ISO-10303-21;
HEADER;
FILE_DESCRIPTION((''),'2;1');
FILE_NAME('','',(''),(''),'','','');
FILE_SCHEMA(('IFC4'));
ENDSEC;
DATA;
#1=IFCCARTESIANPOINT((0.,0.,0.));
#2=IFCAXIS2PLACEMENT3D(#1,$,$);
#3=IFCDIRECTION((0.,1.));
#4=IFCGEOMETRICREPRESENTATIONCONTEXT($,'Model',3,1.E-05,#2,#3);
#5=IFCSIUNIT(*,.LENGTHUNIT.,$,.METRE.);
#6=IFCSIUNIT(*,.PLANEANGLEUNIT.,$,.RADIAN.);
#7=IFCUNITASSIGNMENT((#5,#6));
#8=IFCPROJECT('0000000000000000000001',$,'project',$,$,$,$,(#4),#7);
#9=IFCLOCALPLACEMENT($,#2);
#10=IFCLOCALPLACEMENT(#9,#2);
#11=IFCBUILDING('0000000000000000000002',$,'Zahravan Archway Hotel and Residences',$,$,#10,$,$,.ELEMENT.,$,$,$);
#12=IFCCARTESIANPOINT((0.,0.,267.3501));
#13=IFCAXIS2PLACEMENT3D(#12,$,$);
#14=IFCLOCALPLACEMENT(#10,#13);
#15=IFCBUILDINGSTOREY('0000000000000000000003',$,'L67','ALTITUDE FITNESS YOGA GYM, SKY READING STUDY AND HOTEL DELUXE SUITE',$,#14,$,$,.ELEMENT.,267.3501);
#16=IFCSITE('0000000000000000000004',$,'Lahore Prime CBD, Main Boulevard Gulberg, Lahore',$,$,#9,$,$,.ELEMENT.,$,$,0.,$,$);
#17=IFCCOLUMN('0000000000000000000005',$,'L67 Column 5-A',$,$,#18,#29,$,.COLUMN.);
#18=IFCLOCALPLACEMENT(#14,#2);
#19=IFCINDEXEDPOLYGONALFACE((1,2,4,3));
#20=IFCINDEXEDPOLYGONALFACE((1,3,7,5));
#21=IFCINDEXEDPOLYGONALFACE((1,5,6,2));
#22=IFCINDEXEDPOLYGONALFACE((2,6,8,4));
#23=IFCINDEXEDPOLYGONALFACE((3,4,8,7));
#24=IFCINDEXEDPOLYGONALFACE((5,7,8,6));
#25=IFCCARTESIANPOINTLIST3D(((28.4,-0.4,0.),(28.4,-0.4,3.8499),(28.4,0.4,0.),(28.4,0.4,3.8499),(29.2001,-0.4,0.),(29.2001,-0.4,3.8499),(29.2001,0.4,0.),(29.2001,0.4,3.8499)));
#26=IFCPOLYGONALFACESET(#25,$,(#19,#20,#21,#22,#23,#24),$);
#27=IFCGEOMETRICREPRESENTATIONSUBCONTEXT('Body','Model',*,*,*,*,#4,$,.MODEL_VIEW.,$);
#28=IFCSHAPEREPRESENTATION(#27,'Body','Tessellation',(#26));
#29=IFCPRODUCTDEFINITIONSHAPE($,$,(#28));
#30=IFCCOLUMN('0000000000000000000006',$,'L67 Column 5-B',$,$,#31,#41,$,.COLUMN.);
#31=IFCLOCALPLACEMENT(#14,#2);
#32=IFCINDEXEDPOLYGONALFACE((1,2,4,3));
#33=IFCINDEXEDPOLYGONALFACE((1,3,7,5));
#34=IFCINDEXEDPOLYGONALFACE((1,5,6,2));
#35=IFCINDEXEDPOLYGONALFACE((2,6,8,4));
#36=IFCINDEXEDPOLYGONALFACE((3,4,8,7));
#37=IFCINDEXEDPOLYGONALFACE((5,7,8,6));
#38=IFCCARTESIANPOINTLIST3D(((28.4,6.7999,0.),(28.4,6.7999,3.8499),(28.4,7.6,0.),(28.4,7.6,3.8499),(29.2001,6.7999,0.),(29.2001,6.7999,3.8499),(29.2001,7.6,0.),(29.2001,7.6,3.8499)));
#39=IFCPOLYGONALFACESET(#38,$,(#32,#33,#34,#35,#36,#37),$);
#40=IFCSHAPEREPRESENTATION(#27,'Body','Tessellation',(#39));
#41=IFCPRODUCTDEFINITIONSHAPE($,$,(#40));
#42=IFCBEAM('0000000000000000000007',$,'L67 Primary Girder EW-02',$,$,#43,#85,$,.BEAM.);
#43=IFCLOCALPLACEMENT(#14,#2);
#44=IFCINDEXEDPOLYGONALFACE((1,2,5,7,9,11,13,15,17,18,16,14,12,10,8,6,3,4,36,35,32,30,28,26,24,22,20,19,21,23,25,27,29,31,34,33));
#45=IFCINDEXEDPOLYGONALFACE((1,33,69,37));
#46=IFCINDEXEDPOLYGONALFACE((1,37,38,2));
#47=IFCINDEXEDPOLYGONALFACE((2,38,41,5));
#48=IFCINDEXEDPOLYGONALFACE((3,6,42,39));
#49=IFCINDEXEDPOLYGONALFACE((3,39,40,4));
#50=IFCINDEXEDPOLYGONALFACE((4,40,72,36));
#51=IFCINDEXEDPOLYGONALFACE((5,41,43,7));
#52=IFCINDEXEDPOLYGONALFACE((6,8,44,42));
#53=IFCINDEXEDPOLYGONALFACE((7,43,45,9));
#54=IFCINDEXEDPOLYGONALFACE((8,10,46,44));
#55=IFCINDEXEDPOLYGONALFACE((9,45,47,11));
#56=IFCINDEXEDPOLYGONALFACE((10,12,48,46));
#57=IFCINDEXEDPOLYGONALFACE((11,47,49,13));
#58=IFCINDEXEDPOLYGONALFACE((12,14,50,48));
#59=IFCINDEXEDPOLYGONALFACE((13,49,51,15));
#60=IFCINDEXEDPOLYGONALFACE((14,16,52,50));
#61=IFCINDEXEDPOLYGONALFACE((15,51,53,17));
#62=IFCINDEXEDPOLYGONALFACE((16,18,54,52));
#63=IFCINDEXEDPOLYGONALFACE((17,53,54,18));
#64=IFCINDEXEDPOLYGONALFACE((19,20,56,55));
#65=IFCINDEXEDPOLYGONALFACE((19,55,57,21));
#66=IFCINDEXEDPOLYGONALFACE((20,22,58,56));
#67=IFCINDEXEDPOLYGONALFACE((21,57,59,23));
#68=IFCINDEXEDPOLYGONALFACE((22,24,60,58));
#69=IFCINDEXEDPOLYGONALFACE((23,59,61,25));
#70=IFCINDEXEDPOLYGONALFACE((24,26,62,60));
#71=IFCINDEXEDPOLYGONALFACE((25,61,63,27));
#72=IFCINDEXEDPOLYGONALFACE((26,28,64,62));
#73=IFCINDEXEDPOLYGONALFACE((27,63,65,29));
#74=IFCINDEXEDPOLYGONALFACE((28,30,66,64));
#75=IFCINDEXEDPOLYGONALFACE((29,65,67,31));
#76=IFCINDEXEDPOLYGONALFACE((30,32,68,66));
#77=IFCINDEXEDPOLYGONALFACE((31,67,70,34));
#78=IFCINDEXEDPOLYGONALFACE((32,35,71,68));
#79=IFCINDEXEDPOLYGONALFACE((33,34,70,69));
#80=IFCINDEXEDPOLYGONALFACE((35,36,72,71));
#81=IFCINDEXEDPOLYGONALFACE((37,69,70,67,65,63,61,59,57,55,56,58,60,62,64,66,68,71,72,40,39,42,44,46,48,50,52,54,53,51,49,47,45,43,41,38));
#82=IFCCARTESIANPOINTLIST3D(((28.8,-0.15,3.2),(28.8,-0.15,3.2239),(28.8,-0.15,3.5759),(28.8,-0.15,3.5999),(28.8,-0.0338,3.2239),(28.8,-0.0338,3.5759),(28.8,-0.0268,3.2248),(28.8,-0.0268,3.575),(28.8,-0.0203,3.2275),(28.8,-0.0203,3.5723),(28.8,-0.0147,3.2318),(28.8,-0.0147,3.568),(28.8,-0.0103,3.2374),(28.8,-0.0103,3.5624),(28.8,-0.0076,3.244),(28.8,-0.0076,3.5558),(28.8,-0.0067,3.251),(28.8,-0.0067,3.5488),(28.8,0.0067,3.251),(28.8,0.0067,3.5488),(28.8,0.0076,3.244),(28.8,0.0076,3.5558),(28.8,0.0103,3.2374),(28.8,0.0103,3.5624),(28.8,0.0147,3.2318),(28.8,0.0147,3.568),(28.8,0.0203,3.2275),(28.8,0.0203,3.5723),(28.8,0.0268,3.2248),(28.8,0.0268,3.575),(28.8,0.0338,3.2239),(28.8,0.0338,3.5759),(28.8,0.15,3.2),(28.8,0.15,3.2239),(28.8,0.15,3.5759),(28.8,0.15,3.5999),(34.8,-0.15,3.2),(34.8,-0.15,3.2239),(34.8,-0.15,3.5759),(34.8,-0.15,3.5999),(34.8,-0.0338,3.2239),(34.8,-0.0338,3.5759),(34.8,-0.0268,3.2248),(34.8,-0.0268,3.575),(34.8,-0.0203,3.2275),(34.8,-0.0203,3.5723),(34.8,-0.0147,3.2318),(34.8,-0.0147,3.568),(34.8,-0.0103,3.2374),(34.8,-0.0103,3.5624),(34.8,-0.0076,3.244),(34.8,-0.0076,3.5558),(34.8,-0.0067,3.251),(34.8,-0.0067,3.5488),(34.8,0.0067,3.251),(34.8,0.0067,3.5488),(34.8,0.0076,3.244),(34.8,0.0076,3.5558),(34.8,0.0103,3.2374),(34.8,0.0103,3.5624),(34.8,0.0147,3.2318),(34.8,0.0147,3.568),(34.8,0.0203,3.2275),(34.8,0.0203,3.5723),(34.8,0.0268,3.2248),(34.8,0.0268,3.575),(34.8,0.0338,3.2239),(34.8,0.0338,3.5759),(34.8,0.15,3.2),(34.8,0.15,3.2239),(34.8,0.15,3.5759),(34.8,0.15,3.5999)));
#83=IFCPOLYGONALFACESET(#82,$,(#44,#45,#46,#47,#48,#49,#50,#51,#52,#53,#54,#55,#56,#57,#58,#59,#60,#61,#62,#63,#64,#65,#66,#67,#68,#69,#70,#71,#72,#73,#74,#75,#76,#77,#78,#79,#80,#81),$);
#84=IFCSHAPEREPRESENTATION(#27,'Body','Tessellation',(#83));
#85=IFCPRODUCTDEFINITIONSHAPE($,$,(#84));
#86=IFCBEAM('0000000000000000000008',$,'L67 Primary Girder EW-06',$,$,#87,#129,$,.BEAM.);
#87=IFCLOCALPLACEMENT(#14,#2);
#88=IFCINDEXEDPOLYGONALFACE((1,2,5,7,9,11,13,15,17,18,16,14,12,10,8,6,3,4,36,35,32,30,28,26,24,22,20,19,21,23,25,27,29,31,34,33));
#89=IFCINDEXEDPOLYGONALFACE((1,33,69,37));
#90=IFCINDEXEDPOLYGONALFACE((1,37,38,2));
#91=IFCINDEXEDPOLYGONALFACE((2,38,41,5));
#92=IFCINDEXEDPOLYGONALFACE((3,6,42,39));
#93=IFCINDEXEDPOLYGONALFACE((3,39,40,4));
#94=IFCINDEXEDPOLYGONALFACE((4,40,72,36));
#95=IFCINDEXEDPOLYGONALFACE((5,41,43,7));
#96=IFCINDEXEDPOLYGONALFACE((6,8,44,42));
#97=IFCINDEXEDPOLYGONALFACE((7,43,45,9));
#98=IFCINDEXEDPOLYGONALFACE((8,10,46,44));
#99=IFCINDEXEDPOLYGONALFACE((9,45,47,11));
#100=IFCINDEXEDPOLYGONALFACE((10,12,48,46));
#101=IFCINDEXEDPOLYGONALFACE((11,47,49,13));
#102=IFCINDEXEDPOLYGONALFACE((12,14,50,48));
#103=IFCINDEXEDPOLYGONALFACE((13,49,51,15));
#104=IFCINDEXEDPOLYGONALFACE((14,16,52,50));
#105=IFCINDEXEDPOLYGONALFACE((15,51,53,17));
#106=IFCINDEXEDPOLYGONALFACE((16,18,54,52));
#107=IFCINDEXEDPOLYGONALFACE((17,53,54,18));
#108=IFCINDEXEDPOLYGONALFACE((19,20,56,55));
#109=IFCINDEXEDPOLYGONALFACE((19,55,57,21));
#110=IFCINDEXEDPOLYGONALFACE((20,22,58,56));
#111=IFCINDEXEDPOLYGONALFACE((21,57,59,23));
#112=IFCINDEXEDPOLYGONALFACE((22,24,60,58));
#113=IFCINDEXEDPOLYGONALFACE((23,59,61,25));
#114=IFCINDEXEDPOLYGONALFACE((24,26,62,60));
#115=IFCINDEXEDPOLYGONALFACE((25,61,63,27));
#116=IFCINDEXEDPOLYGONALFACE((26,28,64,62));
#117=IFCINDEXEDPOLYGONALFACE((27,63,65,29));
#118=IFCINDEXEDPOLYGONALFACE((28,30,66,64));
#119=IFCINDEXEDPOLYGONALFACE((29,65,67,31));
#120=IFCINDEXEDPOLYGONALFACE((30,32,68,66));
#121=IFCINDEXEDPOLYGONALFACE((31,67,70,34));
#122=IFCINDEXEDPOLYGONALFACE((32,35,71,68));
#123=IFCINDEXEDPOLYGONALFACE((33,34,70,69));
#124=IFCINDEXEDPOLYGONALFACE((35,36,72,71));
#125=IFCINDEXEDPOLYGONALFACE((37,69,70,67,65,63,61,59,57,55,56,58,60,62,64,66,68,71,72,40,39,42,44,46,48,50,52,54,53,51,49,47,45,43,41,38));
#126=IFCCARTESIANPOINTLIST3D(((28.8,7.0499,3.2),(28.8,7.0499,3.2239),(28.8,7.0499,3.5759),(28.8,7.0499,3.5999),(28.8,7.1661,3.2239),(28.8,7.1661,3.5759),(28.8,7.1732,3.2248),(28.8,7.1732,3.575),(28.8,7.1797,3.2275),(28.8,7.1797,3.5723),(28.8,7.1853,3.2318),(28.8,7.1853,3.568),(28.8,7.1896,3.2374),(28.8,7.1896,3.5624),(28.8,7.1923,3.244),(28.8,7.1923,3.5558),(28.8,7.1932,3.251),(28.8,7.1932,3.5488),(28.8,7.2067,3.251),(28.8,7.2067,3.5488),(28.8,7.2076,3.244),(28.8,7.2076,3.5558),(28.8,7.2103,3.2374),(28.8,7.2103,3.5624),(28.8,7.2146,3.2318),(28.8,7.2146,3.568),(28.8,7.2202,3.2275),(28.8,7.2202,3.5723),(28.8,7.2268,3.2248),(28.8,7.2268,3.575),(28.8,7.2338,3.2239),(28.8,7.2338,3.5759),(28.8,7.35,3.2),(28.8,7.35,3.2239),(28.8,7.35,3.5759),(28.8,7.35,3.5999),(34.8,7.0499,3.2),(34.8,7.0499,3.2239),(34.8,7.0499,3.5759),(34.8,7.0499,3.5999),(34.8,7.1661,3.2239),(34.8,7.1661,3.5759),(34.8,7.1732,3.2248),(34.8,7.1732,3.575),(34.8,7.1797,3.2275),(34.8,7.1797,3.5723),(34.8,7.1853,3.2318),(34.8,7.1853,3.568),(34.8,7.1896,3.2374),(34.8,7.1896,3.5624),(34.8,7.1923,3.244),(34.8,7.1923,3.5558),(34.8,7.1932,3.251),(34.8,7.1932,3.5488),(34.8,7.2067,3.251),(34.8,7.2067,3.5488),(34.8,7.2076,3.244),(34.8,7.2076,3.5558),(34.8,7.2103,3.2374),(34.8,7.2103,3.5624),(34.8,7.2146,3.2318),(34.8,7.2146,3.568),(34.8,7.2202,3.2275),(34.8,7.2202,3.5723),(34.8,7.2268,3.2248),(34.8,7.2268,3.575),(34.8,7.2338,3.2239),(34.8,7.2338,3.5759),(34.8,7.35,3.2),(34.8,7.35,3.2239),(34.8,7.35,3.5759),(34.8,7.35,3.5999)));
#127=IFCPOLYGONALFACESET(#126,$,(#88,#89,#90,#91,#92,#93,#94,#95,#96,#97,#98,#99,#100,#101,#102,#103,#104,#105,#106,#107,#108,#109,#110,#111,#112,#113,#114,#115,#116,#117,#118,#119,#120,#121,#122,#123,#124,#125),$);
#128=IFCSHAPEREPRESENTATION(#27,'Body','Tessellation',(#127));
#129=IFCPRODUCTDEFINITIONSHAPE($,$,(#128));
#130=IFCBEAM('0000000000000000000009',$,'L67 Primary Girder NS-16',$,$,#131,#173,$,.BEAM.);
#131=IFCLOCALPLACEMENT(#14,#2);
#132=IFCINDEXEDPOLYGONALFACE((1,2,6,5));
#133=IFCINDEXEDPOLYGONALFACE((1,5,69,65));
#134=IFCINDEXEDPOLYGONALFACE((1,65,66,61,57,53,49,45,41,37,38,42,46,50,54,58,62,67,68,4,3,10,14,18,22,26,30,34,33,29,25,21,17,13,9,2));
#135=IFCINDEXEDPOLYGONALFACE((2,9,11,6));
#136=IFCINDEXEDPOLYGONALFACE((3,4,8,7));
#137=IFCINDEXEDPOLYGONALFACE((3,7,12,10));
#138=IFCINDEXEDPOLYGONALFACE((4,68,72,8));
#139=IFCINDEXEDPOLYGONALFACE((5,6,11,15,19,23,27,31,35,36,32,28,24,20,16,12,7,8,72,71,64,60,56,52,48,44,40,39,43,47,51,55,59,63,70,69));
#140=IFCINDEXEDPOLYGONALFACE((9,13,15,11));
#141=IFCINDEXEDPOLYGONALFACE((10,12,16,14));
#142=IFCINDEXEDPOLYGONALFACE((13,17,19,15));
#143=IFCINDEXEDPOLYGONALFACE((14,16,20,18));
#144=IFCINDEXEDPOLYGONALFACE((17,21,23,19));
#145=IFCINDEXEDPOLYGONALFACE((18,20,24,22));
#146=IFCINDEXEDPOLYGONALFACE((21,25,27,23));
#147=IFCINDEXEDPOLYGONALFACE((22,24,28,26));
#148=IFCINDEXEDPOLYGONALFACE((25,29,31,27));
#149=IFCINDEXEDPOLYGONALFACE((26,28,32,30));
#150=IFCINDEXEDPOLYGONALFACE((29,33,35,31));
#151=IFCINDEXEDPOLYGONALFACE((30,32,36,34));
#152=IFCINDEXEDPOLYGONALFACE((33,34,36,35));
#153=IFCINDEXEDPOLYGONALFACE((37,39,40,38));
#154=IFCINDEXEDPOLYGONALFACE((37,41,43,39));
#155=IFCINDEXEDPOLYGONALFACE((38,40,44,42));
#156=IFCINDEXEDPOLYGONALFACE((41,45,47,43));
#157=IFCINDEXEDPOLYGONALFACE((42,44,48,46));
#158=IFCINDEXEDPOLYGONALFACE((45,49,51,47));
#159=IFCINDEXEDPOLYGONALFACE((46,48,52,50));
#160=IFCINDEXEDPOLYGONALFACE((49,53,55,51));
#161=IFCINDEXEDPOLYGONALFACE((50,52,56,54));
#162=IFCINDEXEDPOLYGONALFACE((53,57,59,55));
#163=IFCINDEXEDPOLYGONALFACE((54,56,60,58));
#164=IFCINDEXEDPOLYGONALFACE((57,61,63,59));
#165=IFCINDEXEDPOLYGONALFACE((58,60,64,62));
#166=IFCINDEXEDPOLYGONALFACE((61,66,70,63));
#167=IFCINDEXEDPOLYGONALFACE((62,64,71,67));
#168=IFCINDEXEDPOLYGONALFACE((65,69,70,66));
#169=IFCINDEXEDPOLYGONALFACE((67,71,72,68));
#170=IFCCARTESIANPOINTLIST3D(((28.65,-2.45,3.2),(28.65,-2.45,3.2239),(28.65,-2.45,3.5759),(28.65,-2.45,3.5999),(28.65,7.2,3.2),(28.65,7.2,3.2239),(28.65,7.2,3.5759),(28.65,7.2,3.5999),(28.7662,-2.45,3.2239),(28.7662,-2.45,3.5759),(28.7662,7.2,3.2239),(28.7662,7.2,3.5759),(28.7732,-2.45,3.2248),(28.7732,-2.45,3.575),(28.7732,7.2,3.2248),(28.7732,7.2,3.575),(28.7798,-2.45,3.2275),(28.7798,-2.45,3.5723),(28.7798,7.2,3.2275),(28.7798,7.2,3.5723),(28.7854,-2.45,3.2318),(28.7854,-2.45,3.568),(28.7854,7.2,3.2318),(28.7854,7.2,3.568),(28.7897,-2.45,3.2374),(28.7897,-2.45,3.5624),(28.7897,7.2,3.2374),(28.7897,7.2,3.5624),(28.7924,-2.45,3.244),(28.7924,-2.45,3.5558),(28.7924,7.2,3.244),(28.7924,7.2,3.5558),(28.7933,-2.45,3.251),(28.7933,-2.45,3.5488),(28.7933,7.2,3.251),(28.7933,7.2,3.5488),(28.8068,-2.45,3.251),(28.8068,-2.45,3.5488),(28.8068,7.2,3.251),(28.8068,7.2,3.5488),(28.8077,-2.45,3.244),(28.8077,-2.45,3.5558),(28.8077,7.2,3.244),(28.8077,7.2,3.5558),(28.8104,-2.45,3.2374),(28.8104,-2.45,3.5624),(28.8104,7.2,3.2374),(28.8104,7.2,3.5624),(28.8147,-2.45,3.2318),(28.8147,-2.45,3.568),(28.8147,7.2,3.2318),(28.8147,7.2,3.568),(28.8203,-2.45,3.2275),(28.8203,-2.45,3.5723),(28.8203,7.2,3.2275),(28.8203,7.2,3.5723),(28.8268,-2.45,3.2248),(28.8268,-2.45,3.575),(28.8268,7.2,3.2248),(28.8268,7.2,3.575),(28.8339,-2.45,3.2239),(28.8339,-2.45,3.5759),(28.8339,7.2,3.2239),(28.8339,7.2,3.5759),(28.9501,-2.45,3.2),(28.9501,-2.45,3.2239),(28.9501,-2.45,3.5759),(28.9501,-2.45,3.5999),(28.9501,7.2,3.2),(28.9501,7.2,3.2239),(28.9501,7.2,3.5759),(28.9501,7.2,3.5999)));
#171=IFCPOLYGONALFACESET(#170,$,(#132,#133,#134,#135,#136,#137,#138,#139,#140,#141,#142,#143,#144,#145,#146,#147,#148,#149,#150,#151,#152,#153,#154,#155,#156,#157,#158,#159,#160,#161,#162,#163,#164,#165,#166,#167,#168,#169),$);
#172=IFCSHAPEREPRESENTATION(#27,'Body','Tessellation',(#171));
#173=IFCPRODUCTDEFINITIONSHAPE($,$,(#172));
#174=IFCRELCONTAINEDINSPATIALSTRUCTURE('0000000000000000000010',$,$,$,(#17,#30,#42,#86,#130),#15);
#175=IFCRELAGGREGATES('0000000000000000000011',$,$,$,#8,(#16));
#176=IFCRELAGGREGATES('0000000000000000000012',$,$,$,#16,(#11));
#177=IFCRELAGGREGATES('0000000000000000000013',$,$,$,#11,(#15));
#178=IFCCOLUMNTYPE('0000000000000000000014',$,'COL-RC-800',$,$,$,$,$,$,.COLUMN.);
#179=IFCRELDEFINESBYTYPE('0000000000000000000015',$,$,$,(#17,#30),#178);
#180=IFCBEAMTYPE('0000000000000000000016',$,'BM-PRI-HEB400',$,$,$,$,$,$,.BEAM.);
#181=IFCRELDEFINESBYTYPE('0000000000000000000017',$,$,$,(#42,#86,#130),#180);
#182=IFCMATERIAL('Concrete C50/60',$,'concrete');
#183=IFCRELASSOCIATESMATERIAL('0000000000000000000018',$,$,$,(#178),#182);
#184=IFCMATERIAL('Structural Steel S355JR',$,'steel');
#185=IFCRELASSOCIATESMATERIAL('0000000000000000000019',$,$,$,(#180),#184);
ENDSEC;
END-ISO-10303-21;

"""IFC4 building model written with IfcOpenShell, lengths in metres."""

from ifc_helpers import new_model, si_unit, direction, frame, origin, origin_2d, place, context, subcontext, project, spatial, rectangle, i_section, extrude, source, transform, mapped, material, material_profile, profile_set, type_object, element, save


model = new_model("IFC4")

# Units and contexts
model_context = context("Model", 3, precision=1e-05, world=origin(), true_north=direction((0.0, 1.0)))
body_context = subcontext(model_context, "Body", "Model", "MODEL_VIEW")
ifc_project = project(units=[si_unit("LENGTHUNIT", "METRE"), si_unit("PLANEANGLEUNIT", "RADIAN")], contexts=[model_context])

# Site, building, storey
site_placement = place(None, origin())
site = spatial("IfcSite", under=ifc_project, at=site_placement, Name="Lahore Prime CBD, Main Boulevard Gulberg, Lahore", CompositionType="ELEMENT", RefElevation=0.0)
building_placement = place(site_placement, origin())
building = spatial("IfcBuilding", under=site, at=building_placement, Name="Zahravan Archway Hotel and Residences", CompositionType="ELEMENT")
storey_placement = place(building_placement, frame((0.0, 0.0, 267.3501)))
storey = spatial("IfcBuildingStorey", under=building, at=storey_placement, Name="L67", Description="ALTITUDE FITNESS YOGA GYM, SKY READING STUDY AND HOTEL DELUXE SUITE", CompositionType="ELEMENT", Elevation=267.3501)

# Columns
ifc_material_1 = material(Name="Concrete C50/60", Category="concrete")
ifc_material_profile_1 = material_profile(ifc_material_1, rectangle(XDim=0.8, YDim=0.8, at=origin_2d()), Name="RC-COL-800x800", Category="concrete")
ifc_profile_set_1 = profile_set([ifc_material_profile_1], Name="Concrete C50/60")
column_type = type_object("IfcColumnType", Name="COL-RC-800", PredefinedType="COLUMN", material=ifc_profile_set_1)
shared_shape_1 = source(origin(), body_context, "Body", "SweptSolid", [
    extrude(rectangle(XDim=0.8, YDim=0.8, at=origin_2d()), origin(), (0.0, 0.0, 1.0), 3.8499),
])
for number, where, z_axis, x_axis, name in (
    (1, (28.8, 0.0, 0.0), (0.0, 0.0, 1.0), (1.0, 0.0, 0.0), "L67 Column 5-A"),
    (2, (28.8, 7.2, 0.0), (0.0, 0.0, 1.0), (1.0, 0.0, 0.0), "L67 Column 5-B"),
):
    element("IfcColumn", number, at=place(storey_placement, frame(where, z_axis=z_axis, x_axis=x_axis)), inside=storey, type_object=column_type, Name=name, PredefinedType="COLUMN", context=body_context, shape_type="MappedRepresentation", body=[
        mapped(shared_shape_1, transform((0.0, 0.0, 0.0), scale=1.0)),
    ])

# Beams
ifc_material_2 = material(Name="Structural Steel S355JR", Category="steel")
ifc_material_profile_2 = material_profile(ifc_material_2, i_section(OverallWidth=0.3, OverallDepth=0.3999, WebThickness=0.0134, FlangeThickness=0.0239, FilletRadius=0.0271, at=origin_2d()), Name="HEB 400", Category="steel")
ifc_profile_set_2 = profile_set([ifc_material_profile_2], Name="Structural Steel S355JR")
beam_type_1 = type_object("IfcBeamType", Name="BM-PRI-HEB400", PredefinedType="BEAM", material=ifc_profile_set_2)
shared_shape_2 = source(origin(), body_context, "Body", "SweptSolid", [
    extrude(i_section(OverallWidth=0.3, OverallDepth=0.3999, WebThickness=0.0134, FlangeThickness=0.0239, FilletRadius=0.0271, at=origin_2d()), origin(), (0.0, 0.0, 1.0), 6.0),
])
for number, where, z_axis, x_axis, name in (
    (3, (28.8, 0.0, 3.3999), (1.0, 0.0, 0.0), (0.0, 1.0, 0.0), "L67 Primary Girder EW-02"),
    (4, (28.8, 7.2, 3.3999), (1.0, 0.0, 0.0), (0.0, 1.0, 0.0), "L67 Primary Girder EW-06"),
):
    element("IfcBeam", number, at=place(storey_placement, frame(where, z_axis=z_axis, x_axis=x_axis)), inside=storey, type_object=beam_type_1, Name=name, PredefinedType="BEAM", context=body_context, shape_type="MappedRepresentation", body=[
        mapped(shared_shape_2, transform((0.0, 0.0, 0.0), scale=1.0)),
    ])
shared_shape_3 = source(origin(), body_context, "Body", "SweptSolid", [
    extrude(i_section(OverallWidth=0.3, OverallDepth=0.3999, WebThickness=0.0134, FlangeThickness=0.0239, FilletRadius=0.0271, at=origin_2d()), origin(), (0.0, 0.0, 1.0), 9.6499),
])
beam_placement = place(storey_placement, frame((28.8, -2.45, 3.3999), z_axis=(0.0, 1.0, 0.0), x_axis=(-1.0, 0.0, 0.0)))
element("IfcBeam", 5, at=beam_placement, inside=storey, type_object=beam_type_1, Name="L67 Primary Girder NS-16", PredefinedType="BEAM", context=body_context, shape_type="MappedRepresentation", body=[
    mapped(shared_shape_3, transform((0.0, 0.0, 0.0), scale=1.0)),
])

save(model, "model.ifc")
